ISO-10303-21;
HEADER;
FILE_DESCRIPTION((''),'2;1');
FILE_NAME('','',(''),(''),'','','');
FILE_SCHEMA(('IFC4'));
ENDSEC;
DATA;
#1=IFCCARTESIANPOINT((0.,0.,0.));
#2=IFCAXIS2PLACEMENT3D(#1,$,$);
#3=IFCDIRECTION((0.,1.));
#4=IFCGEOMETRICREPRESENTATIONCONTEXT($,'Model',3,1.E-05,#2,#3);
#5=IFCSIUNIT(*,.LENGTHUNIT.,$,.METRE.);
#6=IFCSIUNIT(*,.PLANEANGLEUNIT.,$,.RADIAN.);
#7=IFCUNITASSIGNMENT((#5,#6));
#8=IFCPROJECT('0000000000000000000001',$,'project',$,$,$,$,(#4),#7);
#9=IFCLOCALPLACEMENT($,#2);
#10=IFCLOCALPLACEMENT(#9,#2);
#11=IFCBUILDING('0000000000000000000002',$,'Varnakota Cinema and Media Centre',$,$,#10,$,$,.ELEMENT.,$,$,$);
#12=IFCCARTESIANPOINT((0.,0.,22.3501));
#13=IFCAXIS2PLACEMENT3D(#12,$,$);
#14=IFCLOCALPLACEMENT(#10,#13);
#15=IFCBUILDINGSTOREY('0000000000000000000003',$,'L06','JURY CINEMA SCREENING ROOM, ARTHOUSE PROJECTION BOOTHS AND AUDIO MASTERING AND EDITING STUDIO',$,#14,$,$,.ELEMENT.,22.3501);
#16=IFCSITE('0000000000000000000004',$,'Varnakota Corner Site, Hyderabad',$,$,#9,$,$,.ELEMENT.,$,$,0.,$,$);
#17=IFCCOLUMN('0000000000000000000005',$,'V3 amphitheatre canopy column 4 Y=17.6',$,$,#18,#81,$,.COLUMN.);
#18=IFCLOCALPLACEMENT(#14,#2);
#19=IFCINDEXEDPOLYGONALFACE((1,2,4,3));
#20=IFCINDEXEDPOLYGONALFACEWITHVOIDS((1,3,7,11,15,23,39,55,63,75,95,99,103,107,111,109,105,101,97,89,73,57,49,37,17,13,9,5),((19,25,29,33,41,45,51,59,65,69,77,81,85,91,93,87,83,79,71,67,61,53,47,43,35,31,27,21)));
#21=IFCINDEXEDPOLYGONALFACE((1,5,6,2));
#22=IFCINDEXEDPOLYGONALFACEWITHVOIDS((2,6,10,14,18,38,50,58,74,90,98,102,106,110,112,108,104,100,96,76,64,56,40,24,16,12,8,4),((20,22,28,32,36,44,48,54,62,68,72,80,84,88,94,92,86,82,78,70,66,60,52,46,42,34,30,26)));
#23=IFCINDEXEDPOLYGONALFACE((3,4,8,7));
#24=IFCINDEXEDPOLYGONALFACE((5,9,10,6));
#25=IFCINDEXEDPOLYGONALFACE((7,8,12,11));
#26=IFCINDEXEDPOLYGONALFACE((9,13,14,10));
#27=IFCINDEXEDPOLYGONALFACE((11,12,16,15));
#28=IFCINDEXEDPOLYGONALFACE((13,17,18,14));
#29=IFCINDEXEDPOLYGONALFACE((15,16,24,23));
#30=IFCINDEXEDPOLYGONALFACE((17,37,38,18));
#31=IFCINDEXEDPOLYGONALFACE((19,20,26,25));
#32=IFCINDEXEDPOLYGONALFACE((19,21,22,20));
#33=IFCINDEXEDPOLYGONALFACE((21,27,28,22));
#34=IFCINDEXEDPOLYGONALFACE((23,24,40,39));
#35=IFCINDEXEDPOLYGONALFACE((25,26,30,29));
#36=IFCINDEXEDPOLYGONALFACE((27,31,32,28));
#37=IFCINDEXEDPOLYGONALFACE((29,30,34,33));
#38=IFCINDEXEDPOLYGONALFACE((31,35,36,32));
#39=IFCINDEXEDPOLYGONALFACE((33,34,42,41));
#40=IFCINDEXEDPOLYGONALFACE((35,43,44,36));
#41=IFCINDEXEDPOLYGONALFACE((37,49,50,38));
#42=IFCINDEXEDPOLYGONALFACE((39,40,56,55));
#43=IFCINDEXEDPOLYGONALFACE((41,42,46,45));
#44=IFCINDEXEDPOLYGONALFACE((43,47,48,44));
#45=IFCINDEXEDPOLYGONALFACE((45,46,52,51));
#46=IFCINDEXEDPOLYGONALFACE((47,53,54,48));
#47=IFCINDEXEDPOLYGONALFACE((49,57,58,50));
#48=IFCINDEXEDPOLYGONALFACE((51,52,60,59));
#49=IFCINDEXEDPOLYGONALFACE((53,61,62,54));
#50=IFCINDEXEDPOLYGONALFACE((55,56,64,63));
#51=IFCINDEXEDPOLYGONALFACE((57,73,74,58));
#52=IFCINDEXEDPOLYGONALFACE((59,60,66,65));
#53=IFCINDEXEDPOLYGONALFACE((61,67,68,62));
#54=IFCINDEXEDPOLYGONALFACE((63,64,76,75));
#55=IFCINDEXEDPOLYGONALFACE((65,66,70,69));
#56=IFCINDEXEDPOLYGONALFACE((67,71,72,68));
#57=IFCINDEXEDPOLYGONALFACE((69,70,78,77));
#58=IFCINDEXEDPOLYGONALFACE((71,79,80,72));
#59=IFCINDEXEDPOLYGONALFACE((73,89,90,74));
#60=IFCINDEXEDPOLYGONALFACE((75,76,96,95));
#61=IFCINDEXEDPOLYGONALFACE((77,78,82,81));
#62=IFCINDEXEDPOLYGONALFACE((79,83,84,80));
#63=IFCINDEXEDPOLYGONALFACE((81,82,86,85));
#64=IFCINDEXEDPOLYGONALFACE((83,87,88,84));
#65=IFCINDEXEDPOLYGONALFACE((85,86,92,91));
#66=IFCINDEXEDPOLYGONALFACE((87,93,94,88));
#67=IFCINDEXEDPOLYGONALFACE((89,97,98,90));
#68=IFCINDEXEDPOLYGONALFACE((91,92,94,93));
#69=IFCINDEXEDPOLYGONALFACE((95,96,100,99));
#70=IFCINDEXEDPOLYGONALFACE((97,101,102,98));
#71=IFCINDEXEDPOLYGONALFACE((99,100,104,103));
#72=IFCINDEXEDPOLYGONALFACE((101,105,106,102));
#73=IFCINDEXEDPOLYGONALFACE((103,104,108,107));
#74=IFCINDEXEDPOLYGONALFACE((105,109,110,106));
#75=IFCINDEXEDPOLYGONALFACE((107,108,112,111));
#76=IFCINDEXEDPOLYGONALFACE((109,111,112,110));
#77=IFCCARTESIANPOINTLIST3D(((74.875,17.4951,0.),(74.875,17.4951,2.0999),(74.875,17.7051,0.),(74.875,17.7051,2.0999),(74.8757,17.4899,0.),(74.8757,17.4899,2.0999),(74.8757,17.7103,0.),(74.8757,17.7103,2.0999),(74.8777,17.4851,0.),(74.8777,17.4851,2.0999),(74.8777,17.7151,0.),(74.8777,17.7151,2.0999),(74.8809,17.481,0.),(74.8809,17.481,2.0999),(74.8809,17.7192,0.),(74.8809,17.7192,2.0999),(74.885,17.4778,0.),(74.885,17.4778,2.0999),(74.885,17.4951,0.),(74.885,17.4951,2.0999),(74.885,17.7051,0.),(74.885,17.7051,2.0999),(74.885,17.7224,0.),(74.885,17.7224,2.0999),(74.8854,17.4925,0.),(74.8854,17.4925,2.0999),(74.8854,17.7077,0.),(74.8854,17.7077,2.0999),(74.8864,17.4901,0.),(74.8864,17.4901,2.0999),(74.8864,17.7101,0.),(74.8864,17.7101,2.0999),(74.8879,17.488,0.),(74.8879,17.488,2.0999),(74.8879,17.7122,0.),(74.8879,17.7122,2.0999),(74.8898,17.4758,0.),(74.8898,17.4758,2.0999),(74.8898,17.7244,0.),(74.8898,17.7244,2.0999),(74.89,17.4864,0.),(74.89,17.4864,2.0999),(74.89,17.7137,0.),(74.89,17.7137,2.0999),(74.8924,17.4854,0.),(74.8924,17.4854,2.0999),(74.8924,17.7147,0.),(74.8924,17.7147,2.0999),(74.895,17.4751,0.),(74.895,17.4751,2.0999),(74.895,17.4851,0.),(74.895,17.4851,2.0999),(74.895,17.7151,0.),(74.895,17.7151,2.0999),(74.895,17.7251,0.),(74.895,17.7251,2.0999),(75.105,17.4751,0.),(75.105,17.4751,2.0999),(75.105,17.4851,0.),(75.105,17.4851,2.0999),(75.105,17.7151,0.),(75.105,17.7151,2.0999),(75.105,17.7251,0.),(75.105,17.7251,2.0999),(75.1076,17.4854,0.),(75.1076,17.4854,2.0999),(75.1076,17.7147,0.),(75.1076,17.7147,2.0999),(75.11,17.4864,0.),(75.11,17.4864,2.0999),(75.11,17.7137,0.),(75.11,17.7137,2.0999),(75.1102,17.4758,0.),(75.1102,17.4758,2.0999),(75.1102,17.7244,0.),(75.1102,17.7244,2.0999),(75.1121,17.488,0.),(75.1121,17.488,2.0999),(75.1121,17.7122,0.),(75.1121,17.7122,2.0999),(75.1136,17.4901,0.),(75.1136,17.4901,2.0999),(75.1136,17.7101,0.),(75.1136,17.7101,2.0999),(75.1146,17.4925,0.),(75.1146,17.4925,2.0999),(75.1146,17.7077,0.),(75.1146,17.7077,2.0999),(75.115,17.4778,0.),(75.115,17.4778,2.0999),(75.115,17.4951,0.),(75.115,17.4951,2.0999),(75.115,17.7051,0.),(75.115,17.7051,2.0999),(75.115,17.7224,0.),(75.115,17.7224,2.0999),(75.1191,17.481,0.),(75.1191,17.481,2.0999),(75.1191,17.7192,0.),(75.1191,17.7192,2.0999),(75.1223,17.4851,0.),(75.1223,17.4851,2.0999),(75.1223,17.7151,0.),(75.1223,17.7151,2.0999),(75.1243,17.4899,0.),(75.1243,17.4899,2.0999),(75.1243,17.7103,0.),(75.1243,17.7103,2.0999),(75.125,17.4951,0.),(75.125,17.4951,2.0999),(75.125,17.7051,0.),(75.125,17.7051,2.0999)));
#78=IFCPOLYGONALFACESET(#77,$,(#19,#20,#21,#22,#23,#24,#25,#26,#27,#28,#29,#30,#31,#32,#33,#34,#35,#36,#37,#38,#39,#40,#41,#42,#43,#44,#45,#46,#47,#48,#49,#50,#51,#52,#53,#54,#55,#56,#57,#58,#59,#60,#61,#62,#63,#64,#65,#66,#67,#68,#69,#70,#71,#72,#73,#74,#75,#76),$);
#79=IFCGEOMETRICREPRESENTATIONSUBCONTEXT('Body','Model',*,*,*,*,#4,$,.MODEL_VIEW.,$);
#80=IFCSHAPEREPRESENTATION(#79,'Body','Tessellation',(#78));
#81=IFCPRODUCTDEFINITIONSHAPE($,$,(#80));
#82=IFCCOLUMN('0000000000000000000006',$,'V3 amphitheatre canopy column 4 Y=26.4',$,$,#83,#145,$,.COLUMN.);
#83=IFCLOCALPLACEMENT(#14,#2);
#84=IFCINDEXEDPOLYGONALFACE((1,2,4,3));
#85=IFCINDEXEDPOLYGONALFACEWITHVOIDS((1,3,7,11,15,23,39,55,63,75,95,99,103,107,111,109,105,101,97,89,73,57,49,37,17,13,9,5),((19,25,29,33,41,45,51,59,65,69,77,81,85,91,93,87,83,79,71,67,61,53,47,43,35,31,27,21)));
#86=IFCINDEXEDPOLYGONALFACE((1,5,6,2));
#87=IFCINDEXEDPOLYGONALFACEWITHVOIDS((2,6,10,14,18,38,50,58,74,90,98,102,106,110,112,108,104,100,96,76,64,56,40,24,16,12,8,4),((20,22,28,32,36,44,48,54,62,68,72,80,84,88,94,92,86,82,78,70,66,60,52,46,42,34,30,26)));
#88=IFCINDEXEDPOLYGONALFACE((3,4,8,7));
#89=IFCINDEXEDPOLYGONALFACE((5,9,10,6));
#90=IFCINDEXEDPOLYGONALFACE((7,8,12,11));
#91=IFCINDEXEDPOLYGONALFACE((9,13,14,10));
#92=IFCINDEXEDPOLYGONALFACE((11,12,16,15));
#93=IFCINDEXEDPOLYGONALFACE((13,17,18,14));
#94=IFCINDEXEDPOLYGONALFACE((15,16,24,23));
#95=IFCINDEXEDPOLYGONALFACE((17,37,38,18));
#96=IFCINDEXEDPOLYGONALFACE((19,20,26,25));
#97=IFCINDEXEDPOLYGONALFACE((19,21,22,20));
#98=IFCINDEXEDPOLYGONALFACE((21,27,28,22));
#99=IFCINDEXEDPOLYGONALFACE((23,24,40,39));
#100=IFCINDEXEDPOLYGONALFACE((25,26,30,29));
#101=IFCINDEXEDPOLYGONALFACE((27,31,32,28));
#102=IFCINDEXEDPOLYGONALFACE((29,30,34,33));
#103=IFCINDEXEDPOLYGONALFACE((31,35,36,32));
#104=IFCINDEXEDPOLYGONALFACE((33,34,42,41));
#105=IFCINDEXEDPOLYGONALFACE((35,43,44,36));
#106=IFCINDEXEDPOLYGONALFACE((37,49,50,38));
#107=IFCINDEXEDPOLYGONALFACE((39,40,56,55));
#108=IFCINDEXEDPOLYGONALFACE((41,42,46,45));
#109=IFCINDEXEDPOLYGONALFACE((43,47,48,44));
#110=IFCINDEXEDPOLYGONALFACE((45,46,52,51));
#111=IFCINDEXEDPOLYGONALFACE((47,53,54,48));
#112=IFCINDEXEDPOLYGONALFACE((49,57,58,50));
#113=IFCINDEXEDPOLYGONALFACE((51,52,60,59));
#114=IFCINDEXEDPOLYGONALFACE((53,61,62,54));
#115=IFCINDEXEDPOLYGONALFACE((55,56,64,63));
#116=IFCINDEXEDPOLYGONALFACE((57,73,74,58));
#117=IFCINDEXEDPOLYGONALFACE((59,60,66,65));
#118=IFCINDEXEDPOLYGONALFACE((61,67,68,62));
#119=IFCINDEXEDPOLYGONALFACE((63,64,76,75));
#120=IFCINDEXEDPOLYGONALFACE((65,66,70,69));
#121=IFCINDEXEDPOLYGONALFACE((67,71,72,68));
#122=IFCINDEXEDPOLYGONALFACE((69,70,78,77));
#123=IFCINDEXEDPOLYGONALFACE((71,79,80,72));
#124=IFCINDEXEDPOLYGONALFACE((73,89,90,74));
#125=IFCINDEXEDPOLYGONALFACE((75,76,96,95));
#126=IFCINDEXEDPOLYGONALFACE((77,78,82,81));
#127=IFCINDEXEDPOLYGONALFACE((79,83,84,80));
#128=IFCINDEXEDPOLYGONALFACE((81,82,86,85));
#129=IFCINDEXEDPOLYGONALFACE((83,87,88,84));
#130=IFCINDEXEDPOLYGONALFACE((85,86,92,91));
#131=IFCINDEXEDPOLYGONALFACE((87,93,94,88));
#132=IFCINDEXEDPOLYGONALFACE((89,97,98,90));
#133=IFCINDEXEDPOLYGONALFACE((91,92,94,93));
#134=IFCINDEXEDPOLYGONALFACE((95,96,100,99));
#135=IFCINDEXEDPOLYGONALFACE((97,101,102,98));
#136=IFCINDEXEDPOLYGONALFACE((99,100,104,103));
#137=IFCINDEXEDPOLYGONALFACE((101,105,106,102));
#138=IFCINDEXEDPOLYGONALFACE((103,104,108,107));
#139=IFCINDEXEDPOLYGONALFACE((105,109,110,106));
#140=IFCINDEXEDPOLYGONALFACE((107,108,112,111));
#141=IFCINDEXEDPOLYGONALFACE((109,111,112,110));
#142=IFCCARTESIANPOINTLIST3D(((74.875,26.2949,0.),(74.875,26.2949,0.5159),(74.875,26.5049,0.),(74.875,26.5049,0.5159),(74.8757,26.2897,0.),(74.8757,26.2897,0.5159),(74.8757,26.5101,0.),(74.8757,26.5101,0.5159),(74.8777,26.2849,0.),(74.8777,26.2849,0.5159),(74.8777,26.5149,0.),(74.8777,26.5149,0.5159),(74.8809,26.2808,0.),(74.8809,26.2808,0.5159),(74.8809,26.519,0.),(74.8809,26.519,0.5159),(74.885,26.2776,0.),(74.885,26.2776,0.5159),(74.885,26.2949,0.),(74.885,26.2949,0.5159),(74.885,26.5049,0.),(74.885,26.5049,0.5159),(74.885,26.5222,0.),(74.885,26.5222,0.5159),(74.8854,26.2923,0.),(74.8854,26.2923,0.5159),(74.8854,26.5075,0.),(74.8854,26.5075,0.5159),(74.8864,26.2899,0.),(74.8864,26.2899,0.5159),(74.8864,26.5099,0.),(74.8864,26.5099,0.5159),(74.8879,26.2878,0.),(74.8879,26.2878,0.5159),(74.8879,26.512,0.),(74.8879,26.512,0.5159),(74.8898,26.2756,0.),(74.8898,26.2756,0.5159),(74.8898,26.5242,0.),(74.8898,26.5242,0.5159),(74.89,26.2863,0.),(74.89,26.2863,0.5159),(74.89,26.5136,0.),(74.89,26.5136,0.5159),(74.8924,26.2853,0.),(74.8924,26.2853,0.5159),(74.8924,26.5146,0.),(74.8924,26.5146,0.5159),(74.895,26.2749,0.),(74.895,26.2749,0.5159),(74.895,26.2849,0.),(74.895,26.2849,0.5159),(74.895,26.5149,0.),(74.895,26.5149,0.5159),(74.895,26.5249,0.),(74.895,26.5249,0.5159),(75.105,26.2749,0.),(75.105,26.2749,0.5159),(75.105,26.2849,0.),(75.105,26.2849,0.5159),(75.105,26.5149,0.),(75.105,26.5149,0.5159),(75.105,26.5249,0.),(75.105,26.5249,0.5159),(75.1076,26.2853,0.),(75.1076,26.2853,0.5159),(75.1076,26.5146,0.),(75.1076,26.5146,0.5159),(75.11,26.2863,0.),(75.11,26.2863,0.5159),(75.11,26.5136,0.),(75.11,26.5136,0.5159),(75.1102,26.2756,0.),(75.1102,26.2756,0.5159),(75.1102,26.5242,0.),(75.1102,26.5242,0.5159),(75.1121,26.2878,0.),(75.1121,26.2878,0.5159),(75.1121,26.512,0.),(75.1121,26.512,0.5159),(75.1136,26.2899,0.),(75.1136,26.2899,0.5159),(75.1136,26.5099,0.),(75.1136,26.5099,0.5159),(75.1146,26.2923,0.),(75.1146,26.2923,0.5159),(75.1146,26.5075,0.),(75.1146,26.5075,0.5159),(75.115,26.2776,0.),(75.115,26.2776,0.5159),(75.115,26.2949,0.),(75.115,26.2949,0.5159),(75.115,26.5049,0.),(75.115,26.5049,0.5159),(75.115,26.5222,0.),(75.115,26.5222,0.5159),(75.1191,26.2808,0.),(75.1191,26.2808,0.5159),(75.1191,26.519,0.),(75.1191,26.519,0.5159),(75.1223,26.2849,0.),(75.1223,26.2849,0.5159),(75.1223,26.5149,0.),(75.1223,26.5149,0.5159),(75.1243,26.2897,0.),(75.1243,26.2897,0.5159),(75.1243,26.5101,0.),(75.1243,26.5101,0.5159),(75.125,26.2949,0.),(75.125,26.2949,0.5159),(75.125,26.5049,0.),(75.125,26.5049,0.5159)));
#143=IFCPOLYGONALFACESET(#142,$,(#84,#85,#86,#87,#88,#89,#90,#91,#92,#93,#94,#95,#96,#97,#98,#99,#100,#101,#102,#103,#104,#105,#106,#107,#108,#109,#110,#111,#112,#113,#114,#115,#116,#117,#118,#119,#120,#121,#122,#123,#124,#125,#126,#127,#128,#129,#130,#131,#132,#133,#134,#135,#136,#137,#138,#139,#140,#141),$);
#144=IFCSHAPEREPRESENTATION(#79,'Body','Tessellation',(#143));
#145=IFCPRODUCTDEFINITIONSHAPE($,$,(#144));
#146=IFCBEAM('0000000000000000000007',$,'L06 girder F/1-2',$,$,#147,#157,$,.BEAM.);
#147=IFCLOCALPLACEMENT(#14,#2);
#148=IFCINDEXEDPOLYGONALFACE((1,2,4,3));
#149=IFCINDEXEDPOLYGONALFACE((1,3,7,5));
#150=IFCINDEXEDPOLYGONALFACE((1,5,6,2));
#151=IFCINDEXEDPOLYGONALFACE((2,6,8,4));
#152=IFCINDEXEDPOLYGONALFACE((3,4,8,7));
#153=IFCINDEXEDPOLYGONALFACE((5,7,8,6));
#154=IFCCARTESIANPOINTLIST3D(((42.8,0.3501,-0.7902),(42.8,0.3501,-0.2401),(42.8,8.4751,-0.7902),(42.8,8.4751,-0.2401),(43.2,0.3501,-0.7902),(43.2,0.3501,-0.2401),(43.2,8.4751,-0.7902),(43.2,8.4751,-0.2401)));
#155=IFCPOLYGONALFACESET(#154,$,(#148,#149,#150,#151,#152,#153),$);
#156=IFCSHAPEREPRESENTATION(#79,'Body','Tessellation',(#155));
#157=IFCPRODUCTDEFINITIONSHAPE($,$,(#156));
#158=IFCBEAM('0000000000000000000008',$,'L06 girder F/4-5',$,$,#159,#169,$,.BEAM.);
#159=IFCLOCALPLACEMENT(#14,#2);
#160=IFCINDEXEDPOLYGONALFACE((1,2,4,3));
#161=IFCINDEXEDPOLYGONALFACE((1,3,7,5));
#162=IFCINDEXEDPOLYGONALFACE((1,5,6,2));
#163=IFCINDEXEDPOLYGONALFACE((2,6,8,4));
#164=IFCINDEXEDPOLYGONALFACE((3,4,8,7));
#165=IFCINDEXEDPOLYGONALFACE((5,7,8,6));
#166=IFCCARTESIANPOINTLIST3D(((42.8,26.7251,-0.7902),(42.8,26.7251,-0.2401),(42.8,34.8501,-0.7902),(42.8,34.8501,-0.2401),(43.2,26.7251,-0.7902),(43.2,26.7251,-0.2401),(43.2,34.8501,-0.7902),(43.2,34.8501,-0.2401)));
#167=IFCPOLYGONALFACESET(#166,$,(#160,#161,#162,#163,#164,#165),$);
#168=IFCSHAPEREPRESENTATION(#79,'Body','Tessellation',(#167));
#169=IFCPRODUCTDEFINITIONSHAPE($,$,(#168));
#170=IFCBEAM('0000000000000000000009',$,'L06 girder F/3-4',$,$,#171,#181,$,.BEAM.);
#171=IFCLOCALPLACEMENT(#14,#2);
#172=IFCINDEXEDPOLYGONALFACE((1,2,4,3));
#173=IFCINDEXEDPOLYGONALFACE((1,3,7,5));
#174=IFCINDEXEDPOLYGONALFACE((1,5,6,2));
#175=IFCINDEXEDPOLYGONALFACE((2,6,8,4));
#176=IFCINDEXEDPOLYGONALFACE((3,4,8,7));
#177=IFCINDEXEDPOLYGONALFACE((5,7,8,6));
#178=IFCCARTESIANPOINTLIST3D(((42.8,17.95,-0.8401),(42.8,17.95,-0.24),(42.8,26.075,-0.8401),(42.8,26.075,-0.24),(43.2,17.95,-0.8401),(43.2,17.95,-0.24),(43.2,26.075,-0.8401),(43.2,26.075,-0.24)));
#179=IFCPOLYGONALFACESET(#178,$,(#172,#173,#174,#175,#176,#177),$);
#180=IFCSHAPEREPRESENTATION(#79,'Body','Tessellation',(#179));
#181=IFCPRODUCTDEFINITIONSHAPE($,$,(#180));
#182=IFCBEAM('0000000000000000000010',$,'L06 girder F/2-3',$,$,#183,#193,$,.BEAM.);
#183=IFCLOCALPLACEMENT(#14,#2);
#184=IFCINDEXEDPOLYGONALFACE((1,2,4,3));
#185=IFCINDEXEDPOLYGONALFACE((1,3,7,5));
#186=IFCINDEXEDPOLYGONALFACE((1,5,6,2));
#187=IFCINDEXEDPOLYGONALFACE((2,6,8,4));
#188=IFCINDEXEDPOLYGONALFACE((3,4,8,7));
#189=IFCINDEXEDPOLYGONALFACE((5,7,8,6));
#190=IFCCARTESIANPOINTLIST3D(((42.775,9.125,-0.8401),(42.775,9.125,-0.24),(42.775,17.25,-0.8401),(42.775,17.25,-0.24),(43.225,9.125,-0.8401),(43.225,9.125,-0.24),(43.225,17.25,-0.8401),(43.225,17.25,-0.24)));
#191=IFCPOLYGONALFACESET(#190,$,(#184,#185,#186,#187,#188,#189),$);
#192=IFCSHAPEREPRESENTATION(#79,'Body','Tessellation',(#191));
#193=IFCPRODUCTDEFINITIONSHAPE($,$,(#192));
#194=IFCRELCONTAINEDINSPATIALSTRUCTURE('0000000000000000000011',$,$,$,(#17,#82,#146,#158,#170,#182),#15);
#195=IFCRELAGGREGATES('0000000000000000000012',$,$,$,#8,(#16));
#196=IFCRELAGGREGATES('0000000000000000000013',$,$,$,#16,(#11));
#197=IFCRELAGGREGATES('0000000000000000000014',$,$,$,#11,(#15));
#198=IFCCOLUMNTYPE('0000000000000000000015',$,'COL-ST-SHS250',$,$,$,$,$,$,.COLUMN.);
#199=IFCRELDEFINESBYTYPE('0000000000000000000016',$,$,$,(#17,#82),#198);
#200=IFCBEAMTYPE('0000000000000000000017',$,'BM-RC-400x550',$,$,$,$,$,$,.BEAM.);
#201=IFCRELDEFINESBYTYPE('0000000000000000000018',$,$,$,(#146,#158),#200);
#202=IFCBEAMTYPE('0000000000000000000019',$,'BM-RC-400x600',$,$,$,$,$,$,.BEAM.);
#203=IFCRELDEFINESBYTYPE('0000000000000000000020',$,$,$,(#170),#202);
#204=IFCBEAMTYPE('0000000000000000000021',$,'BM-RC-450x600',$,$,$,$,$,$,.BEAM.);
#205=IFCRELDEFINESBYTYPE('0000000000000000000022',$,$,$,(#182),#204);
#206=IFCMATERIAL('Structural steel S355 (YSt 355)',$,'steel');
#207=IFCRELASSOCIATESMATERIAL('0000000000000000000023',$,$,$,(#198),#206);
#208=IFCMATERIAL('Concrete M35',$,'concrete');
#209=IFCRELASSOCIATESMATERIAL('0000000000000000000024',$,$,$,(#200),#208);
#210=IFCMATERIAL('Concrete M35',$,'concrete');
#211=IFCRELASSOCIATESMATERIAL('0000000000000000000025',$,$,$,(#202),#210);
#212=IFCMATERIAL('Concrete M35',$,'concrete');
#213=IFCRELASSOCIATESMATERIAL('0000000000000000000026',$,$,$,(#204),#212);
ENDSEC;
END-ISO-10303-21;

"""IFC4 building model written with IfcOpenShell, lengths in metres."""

from ifc_helpers import new_model, si_unit, direction, frame, origin, origin_2d, place, context, subcontext, project, spatial, rectangle, hollow_rectangle, extrude, material, material_profile, profile_set, type_object, element, save


model = new_model("IFC4")

# Units and contexts
model_context = context("Model", 3, precision=1e-05, world=origin(), true_north=direction((0.0, 1.0)))
body_context = subcontext(model_context, "Body", "Model", "MODEL_VIEW")
ifc_project = project(units=[si_unit("LENGTHUNIT", "METRE"), si_unit("PLANEANGLEUNIT", "RADIAN")], contexts=[model_context])

# Site, building, storey
site_placement = place(None, origin())
site = spatial("IfcSite", under=ifc_project, at=site_placement, Name="Varnakota Corner Site, Hyderabad", CompositionType="ELEMENT", RefElevation=0.0)
building_placement = place(site_placement, origin())
building = spatial("IfcBuilding", under=site, at=building_placement, Name="Varnakota Cinema and Media Centre", CompositionType="ELEMENT")
storey_placement = place(building_placement, frame((0.0, 0.0, 22.3501)))
storey = spatial("IfcBuildingStorey", under=building, at=storey_placement, Name="L06", Description="JURY CINEMA SCREENING ROOM, ARTHOUSE PROJECTION BOOTHS AND AUDIO MASTERING AND EDITING STUDIO", CompositionType="ELEMENT", Elevation=22.3501)

# Columns
ifc_material_1 = material(Name="Structural steel S355 (YSt 355)", Category="steel")
ifc_material_profile_1 = material_profile(ifc_material_1, hollow_rectangle(XDim=0.25, YDim=0.25, WallThickness=0.01, InnerFilletRadius=0.01, OuterFilletRadius=0.02, at=origin_2d()), Name="SHS 250x250x10")
ifc_profile_set_1 = profile_set([ifc_material_profile_1], Name="Structural steel S355 (YSt 355)")
column_type_1 = type_object("IfcColumnType", Name="COL-ST-SHS250", PredefinedType="COLUMN", material=ifc_profile_set_1)
column_1_placement = place(storey_placement, frame((75.0, 17.6001, 0.0), z_axis=(0.0, 0.0, 1.0), x_axis=(1.0, 0.0, 0.0)))
element("IfcColumn", 1, at=column_1_placement, inside=storey, type_object=column_type_1, Name="V3 amphitheatre canopy column 4 Y=17.6", PredefinedType="COLUMN", context=body_context, shape_type="SweptSolid", body=[
    extrude(hollow_rectangle(XDim=0.25, YDim=0.25, WallThickness=0.01, InnerFilletRadius=0.01, OuterFilletRadius=0.02, at=origin_2d()), origin(), (0.0, 0.0, 1.0), 2.0999),
])
column_2_placement = place(storey_placement, frame((75.0, 26.3999, 0.0), z_axis=(0.0, 0.0, 1.0), x_axis=(1.0, 0.0, 0.0)))
element("IfcColumn", 2, at=column_2_placement, inside=storey, type_object=column_type_1, Name="V3 amphitheatre canopy column 4 Y=26.4", PredefinedType="COLUMN", context=body_context, shape_type="SweptSolid", body=[
    extrude(hollow_rectangle(XDim=0.25, YDim=0.25, WallThickness=0.01, InnerFilletRadius=0.01, OuterFilletRadius=0.02, at=origin_2d()), origin(), (0.0, 0.0, 1.0), 0.5159),
])

# Beams
ifc_material_2 = material(Name="Concrete M35", Category="concrete")
ifc_material_profile_2 = material_profile(ifc_material_2, rectangle(XDim=0.3999, YDim=0.55, at=origin_2d()), Name="RCB 400x550")
ifc_profile_set_2 = profile_set([ifc_material_profile_2], Name="Concrete M35")
beam_type_1 = type_object("IfcBeamType", Name="BM-RC-400x550", PredefinedType="BEAM", material=ifc_profile_set_2)
for number, where, z_axis, x_axis, name in (
    (3, (43.0, 0.3501, -0.5151), (0.0, 1.0, 0.0), (-1.0, 0.0, 0.0), "L06 girder F/1-2"),
    (4, (43.0, 26.7251, -0.5151), (0.0, 1.0, 0.0), (-1.0, 0.0, 0.0), "L06 girder F/4-5"),
):
    element("IfcBeam", number, at=place(storey_placement, frame(where, z_axis=z_axis, x_axis=x_axis)), inside=storey, type_object=beam_type_1, Name=name, PredefinedType="BEAM", context=body_context, shape_type="SweptSolid", body=[
        extrude(rectangle(XDim=0.3999, YDim=0.55, at=origin_2d()), origin(), (0.0, 0.0, 1.0), 8.125),
    ])
ifc_material_3 = material(Name="Concrete M35", Category="concrete")
ifc_material_profile_3 = material_profile(ifc_material_3, rectangle(XDim=0.3999, YDim=0.6001, at=origin_2d()), Name="RCB 400x600")
ifc_profile_set_3 = profile_set([ifc_material_profile_3], Name="Concrete M35")
beam_type_2 = type_object("IfcBeamType", Name="BM-RC-400x600", PredefinedType="BEAM", material=ifc_profile_set_3)
beam_1_placement = place(storey_placement, frame((43.0, 17.95, -0.54), z_axis=(0.0, 1.0, 0.0), x_axis=(-1.0, 0.0, 0.0)))
element("IfcBeam", 5, at=beam_1_placement, inside=storey, type_object=beam_type_2, Name="L06 girder F/3-4", PredefinedType="BEAM", context=body_context, shape_type="SweptSolid", body=[
    extrude(rectangle(XDim=0.3999, YDim=0.6001, at=origin_2d()), origin(), (0.0, 0.0, 1.0), 8.125),
])
ifc_material_4 = material(Name="Concrete M35", Category="concrete")
ifc_material_profile_4 = material_profile(ifc_material_4, rectangle(XDim=0.45, YDim=0.6001, at=origin_2d()), Name="RCB 450x600")
ifc_profile_set_4 = profile_set([ifc_material_profile_4], Name="Concrete M35")
beam_type_3 = type_object("IfcBeamType", Name="BM-RC-450x600", PredefinedType="BEAM", material=ifc_profile_set_4)
beam_2_placement = place(storey_placement, frame((43.0, 9.125, -0.54), z_axis=(0.0, 1.0, 0.0), x_axis=(-1.0, 0.0, 0.0)))
element("IfcBeam", 6, at=beam_2_placement, inside=storey, type_object=beam_type_3, Name="L06 girder F/2-3", PredefinedType="BEAM", context=body_context, shape_type="SweptSolid", body=[
    extrude(rectangle(XDim=0.45, YDim=0.6001, at=origin_2d()), origin(), (0.0, 0.0, 1.0), 8.125),
])

save(model, "model.ifc")
